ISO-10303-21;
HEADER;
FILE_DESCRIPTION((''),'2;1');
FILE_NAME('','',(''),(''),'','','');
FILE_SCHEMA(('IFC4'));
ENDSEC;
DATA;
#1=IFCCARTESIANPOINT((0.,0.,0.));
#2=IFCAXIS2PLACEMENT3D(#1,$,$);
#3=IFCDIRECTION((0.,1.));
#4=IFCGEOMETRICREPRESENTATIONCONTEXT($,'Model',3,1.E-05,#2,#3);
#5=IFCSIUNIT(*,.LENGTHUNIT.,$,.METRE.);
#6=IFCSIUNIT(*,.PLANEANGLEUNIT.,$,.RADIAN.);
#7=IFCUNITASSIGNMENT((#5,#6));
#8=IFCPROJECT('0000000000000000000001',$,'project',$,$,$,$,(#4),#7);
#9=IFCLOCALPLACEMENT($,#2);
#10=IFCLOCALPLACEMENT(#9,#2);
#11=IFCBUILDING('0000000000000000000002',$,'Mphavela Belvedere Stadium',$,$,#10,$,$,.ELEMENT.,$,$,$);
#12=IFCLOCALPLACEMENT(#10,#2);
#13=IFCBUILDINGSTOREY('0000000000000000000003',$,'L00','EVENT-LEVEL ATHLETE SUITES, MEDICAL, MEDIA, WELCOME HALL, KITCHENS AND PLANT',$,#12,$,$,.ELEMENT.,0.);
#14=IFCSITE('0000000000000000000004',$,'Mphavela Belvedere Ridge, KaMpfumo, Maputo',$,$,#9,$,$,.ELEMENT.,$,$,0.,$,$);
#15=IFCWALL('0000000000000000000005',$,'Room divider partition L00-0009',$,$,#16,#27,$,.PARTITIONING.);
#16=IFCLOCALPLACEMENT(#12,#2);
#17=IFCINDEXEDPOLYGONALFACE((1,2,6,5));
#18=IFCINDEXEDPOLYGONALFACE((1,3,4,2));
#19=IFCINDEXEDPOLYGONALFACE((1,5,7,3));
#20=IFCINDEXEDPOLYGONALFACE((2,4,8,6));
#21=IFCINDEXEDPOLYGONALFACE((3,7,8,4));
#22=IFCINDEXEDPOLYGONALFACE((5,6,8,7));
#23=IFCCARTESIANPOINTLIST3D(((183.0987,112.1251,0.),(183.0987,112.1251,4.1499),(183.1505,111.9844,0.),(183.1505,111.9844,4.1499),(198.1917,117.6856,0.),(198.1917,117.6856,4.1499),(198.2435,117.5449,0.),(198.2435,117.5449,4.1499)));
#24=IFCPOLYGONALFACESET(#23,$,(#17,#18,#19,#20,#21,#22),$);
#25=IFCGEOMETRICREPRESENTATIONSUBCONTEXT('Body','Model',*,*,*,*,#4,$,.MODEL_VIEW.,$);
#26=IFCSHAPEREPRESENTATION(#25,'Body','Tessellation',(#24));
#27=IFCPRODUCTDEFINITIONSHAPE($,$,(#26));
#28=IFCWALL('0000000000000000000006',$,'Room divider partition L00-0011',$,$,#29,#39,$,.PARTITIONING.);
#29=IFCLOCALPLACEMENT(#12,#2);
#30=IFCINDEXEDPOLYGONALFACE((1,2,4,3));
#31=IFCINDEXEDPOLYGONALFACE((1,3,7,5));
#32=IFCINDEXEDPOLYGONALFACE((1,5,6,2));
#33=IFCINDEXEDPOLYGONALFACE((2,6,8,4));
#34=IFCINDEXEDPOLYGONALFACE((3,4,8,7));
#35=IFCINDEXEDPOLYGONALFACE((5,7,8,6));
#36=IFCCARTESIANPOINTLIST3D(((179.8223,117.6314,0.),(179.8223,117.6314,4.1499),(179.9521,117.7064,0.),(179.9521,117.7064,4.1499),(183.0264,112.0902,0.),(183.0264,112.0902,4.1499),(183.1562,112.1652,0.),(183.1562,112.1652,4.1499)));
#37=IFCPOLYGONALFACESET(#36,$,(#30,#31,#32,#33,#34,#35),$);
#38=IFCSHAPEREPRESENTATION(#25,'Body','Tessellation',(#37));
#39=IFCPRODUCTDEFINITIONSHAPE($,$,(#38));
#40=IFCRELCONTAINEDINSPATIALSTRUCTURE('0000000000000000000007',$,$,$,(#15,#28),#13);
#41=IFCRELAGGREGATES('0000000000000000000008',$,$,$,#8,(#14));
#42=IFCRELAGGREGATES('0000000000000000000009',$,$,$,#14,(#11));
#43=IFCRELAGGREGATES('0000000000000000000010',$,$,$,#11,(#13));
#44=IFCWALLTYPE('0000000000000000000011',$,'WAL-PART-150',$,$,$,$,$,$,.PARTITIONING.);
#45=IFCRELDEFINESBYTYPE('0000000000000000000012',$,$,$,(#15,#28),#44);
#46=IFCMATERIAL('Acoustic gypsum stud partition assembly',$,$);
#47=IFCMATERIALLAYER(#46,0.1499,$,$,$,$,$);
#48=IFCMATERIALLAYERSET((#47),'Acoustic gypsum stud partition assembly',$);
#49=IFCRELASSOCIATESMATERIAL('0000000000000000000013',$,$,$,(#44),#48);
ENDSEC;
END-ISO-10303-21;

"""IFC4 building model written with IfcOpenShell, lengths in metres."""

from ifc_helpers import new_model, si_unit, direction, frame, frame_2d, origin, place, context, subcontext, project, spatial, rectangle, extrude, material, layer, layer_set, type_object, element, save


model = new_model("IFC4")

# Units and contexts
model_context = context("Model", 3, precision=1e-05, world=origin(), true_north=direction((0.0, 1.0)))
body_context = subcontext(model_context, "Body", "Model", "MODEL_VIEW")
ifc_project = project(units=[si_unit("LENGTHUNIT", "METRE"), si_unit("PLANEANGLEUNIT", "RADIAN")], contexts=[model_context])

# Site, building, storey
site_placement = place(None, origin())
site = spatial("IfcSite", under=ifc_project, at=site_placement, Name="Mphavela Belvedere Ridge, KaMpfumo, Maputo", CompositionType="ELEMENT", RefElevation=0.0)
building_placement = place(site_placement, origin())
building = spatial("IfcBuilding", under=site, at=building_placement, Name="Mphavela Belvedere Stadium", CompositionType="ELEMENT")
storey_placement = place(building_placement, origin())
storey = spatial("IfcBuildingStorey", under=building, at=storey_placement, Name="L00", Description="EVENT-LEVEL ATHLETE SUITES, MEDICAL, MEDIA, WELCOME HALL, KITCHENS AND PLANT", CompositionType="ELEMENT", Elevation=0.0)

# Walls
ifc_material_1 = material(Name="Acoustic gypsum stud partition assembly")
ifc_layer = layer(ifc_material_1, 0.1499)
ifc_layer_set = layer_set([ifc_layer], Name="Acoustic gypsum stud partition assembly")
wall_type = type_object("IfcWallType", Name="WAL-PART-150", PredefinedType="PARTITIONING", material=ifc_layer_set)
wall_1_placement = place(storey_placement, frame((183.1245, 112.0547, 0.0), z_axis=(0.0, 0.0, 1.0), x_axis=(0.938344, 0.345703, 0.0)))
element("IfcWall", 1, at=wall_1_placement, inside=storey, type_object=wall_type, Name="Room divider partition L00-0009", PredefinedType="PARTITIONING", context=body_context, shape_type="SweptSolid", body=[
    extrude(rectangle(XDim=16.0847, YDim=0.1499, at=frame_2d((8.0425, 0.0))), origin(), (0.0, 0.0, 1.0), 4.1499),
])
wall_2_placement = place(storey_placement, frame((183.0913, 112.1277, 0.0), z_axis=(0.0, 0.0, 1.0), x_axis=(-0.500569, 0.865697, 0.0)))
element("IfcWall", 2, at=wall_2_placement, inside=storey, type_object=wall_type, Name="Room divider partition L00-0011", PredefinedType="PARTITIONING", context=body_context, shape_type="SweptSolid", body=[
    extrude(rectangle(XDim=6.4009, YDim=0.1499, at=frame_2d((3.2004, 0.0))), origin(), (0.0, 0.0, 1.0), 4.1499),
])

save(model, "model.ifc")
